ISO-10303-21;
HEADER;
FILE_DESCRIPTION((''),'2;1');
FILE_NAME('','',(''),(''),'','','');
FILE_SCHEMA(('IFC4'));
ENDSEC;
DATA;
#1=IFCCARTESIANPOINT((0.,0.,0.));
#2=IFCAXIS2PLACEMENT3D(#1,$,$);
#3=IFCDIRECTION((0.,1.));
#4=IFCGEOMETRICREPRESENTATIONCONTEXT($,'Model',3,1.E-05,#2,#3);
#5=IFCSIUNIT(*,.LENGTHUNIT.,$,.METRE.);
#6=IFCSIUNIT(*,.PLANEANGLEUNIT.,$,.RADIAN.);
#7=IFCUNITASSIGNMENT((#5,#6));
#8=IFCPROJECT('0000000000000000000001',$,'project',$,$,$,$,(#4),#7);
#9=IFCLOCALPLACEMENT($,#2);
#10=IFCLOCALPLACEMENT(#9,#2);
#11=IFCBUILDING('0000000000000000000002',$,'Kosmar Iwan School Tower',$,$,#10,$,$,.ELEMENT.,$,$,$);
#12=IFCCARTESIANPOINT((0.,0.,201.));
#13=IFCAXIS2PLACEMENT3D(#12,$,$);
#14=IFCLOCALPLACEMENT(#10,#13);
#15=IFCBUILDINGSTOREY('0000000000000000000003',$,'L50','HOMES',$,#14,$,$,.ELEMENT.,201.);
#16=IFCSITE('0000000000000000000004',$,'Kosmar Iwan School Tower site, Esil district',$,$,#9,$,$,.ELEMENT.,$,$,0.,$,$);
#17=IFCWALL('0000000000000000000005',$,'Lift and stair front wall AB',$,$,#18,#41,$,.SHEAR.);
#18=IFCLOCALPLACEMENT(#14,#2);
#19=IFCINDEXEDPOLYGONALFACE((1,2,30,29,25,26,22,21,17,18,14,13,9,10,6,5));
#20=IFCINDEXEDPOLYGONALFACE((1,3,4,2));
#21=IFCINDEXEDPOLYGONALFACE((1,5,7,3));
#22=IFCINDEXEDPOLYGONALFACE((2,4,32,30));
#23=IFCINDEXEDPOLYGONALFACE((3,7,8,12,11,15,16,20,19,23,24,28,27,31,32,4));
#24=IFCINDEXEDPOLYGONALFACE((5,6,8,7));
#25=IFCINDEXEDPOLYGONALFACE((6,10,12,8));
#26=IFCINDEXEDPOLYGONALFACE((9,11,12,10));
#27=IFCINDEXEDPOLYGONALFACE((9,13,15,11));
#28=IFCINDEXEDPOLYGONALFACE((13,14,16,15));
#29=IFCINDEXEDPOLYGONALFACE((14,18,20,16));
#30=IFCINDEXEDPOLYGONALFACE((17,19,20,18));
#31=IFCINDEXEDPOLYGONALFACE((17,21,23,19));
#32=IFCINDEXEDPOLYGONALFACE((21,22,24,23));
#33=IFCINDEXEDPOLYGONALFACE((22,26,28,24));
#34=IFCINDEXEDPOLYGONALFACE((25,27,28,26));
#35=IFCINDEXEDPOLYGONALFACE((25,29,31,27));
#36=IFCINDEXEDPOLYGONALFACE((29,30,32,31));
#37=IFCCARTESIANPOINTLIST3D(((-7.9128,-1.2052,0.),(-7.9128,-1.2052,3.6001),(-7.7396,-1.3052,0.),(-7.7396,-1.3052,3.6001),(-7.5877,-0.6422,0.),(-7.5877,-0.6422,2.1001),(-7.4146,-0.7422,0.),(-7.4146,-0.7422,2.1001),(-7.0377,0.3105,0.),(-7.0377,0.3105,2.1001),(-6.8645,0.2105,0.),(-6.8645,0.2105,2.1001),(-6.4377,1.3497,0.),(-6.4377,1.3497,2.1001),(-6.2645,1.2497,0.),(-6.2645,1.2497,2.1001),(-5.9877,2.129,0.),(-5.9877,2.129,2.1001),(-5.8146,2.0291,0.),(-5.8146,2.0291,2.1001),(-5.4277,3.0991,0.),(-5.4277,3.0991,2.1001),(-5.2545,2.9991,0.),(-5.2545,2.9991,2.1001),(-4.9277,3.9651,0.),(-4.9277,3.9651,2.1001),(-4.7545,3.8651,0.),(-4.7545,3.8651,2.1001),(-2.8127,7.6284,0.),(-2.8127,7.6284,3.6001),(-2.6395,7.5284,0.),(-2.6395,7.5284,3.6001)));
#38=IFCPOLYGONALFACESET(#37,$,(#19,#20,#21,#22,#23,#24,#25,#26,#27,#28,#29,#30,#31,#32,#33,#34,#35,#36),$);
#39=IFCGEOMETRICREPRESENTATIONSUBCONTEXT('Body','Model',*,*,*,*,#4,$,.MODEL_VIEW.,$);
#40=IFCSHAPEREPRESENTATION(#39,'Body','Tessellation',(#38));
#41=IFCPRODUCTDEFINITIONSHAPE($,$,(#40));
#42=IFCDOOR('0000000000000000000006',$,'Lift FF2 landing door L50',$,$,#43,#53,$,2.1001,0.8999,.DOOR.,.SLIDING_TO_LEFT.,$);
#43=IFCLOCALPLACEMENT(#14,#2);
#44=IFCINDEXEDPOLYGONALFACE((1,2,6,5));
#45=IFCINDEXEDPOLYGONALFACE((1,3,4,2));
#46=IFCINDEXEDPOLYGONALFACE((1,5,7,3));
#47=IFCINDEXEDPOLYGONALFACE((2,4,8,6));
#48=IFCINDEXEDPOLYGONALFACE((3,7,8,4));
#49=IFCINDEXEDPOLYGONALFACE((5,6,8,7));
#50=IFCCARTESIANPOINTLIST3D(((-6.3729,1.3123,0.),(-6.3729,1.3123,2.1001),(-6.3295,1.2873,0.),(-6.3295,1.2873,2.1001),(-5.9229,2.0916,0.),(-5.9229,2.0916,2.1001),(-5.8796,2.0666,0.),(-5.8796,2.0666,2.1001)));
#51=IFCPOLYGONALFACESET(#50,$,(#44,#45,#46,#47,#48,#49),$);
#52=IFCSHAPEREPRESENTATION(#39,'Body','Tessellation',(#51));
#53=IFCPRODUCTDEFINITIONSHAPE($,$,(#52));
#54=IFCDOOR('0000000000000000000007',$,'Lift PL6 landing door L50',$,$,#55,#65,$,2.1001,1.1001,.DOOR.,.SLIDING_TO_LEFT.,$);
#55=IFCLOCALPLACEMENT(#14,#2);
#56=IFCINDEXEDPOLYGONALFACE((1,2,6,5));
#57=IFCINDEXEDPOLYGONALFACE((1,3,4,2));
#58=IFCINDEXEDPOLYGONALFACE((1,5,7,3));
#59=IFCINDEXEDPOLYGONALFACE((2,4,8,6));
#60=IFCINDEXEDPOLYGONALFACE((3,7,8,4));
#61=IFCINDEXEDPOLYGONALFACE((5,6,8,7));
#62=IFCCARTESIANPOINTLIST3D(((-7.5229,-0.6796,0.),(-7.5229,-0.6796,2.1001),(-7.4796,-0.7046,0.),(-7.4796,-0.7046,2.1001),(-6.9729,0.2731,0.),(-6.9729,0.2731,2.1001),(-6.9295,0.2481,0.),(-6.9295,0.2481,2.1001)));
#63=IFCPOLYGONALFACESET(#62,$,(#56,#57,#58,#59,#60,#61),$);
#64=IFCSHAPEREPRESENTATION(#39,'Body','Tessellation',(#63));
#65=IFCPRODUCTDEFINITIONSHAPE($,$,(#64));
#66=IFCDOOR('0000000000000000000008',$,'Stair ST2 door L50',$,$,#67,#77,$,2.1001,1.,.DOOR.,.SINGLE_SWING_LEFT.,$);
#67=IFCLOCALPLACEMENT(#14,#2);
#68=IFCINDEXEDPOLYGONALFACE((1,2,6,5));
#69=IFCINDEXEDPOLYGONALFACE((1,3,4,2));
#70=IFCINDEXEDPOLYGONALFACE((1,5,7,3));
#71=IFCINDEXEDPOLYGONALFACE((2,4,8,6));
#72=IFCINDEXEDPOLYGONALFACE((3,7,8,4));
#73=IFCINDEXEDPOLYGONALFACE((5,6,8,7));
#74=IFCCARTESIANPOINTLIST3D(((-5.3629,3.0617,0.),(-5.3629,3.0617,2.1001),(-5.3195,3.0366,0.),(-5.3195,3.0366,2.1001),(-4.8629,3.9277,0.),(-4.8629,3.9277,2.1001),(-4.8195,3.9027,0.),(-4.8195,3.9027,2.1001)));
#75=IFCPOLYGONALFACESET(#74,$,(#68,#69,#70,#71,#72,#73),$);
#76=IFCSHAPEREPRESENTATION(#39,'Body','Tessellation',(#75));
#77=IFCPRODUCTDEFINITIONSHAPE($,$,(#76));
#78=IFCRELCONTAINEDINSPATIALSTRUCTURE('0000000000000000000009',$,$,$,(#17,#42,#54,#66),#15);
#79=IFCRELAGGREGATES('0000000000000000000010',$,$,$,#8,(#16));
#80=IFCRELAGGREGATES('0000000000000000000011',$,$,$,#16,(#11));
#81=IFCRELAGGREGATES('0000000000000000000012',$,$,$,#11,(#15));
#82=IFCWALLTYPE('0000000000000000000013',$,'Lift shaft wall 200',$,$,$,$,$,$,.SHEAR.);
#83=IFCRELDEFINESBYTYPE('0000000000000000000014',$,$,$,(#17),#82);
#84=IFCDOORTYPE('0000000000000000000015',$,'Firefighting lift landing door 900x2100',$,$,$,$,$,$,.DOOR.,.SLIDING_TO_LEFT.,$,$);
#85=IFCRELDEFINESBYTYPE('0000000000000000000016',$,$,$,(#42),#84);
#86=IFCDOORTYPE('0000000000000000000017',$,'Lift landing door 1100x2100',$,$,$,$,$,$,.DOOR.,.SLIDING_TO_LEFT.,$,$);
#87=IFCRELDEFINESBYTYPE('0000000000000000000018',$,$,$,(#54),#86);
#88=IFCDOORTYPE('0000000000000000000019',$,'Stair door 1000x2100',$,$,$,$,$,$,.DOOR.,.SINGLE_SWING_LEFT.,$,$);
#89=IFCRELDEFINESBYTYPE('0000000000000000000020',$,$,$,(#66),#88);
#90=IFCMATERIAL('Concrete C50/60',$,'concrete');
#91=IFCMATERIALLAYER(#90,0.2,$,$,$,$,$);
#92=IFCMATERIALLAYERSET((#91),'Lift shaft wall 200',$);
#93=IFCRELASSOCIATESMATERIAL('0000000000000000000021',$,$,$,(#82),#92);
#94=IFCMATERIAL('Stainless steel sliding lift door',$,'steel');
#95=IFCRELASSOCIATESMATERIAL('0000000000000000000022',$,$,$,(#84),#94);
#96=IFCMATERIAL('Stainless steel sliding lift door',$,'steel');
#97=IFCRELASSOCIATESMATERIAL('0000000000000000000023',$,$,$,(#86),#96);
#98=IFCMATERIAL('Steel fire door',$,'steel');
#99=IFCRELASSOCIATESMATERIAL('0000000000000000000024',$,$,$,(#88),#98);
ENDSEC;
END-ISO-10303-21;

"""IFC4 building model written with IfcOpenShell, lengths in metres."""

from ifc_helpers import new_model, si_unit, direction, frame, frame_2d, origin, place, context, subcontext, project, spatial, rectangle, extrude, material, layer, layer_set, type_object, element, fill, save


model = new_model("IFC4")

# Units and contexts
model_context = context("Model", 3, precision=1e-05, world=origin(), true_north=direction((0.0, 1.0)))
body_context = subcontext(model_context, "Body", "Model", "MODEL_VIEW")
ifc_project = project(units=[si_unit("LENGTHUNIT", "METRE"), si_unit("PLANEANGLEUNIT", "RADIAN")], contexts=[model_context])

# Site, building, storey
site_placement = place(None, origin())
site = spatial("IfcSite", under=ifc_project, at=site_placement, Name="Kosmar Iwan School Tower site, Esil district", CompositionType="ELEMENT", RefElevation=0.0)
building_placement = place(site_placement, origin())
building = spatial("IfcBuilding", under=site, at=building_placement, Name="Kosmar Iwan School Tower", CompositionType="ELEMENT")
storey_placement = place(building_placement, frame((0.0, 0.0, 201.0)))
storey = spatial("IfcBuildingStorey", under=building, at=storey_placement, Name="L50", Description="HOMES", CompositionType="ELEMENT", Elevation=201.0)

# Wall, openings, doors
ifc_material_1 = material(Name="Concrete C50/60", Category="concrete")
ifc_layer_1 = layer(ifc_material_1, 0.2)
ifc_layer_set_1 = layer_set([ifc_layer_1], Name="Lift shaft wall 200")
wall_type_1 = type_object("IfcWallType", Name="Lift shaft wall 200", PredefinedType="SHEAR", material=ifc_layer_set_1)
wall_1_placement = place(storey_placement, frame((-2.7261, 7.5784, 0.0), z_axis=(0.0, 0.0, 1.0), x_axis=(-0.500006, -0.866022, 0.0)))
wall_1 = element("IfcWall", 1, at=wall_1_placement, inside=storey, type_object=wall_type_1, Name="Lift and stair front wall AB", PredefinedType="SHEAR", context=body_context, shape_type="SweptSolid", body=[
    extrude(rectangle(XDim=10.2002, YDim=0.2, at=frame_2d((5.1001, 0.0))), origin(), (0.0, 0.0, 1.0), 3.6001),
])
opening_1_placement = place(wall_1_placement, frame((6.3501, 0.0, 0.0)))
opening_1 = element("IfcOpeningElement", 2, at=opening_1_placement, cuts=wall_1, PredefinedType="OPENING", context=body_context, shape_type="SweptSolid", body=[
    extrude(rectangle(XDim=0.8999, YDim=2.1001, at=frame_2d((0.45, 1.05))), frame((0.0, 0.1121, 0.0), z_axis=(0.0, -1.0, 0.0), x_axis=(1.0, 0.0, 0.0)), (0.0, 0.0, 1.0), 0.2239),
])
opening_2_placement = place(wall_1_placement, frame((8.45, 0.0, 0.0)))
opening_2 = element("IfcOpeningElement", 3, at=opening_2_placement, cuts=wall_1, PredefinedType="OPENING", context=body_context, shape_type="SweptSolid", body=[
    extrude(rectangle(XDim=1.1001, YDim=2.1001, at=frame_2d((0.55, 1.05))), frame((0.0, 0.1121, 0.0), z_axis=(0.0, -1.0, 0.0), x_axis=(1.0, 0.0, 0.0)), (0.0, 0.0, 1.0), 0.2239),
])
opening_3_placement = place(wall_1_placement, frame((4.23, 0.0, 0.0)))
opening_3 = element("IfcOpeningElement", 4, at=opening_3_placement, cuts=wall_1, PredefinedType="OPENING", context=body_context, shape_type="SweptSolid", body=[
    extrude(rectangle(XDim=1.0, YDim=2.1001, at=frame_2d((0.5, 1.05))), frame((0.0, 0.1121, 0.0), z_axis=(0.0, -1.0, 0.0), x_axis=(1.0, 0.0, 0.0)), (0.0, 0.0, 1.0), 0.2239),
])
ifc_material_2 = material(Name="Stainless steel sliding lift door", Category="steel")
door_type_1 = type_object("IfcDoorType", Name="Firefighting lift landing door 900x2100", OperationType="SLIDING_TO_LEFT", PredefinedType="DOOR", material=ifc_material_2)
door_1_placement = place(opening_1_placement, origin())
door_1 = element("IfcDoor", 5, at=door_1_placement, inside=storey, type_object=door_type_1, Name="Lift FF2 landing door L50", OperationType="SLIDING_TO_LEFT", OverallHeight=2.1001, OverallWidth=0.8999, PredefinedType="DOOR", context=body_context, shape_type="SweptSolid", body=[
    extrude(rectangle(XDim=0.8999, YDim=2.1001, at=frame_2d((0.45, 1.05))), frame((0.0, 0.0249, 0.0), z_axis=(0.0, -1.0, 0.0), x_axis=(1.0, 0.0, 0.0)), (0.0, 0.0, 1.0), 0.05),
])
fill(opening_1, door_1)
ifc_material_3 = material(Name="Stainless steel sliding lift door", Category="steel")
door_type_2 = type_object("IfcDoorType", Name="Lift landing door 1100x2100", OperationType="SLIDING_TO_LEFT", PredefinedType="DOOR", material=ifc_material_3)
door_2_placement = place(opening_2_placement, origin())
door_2 = element("IfcDoor", 6, at=door_2_placement, inside=storey, type_object=door_type_2, Name="Lift PL6 landing door L50", OperationType="SLIDING_TO_LEFT", OverallHeight=2.1001, OverallWidth=1.1001, PredefinedType="DOOR", context=body_context, shape_type="SweptSolid", body=[
    extrude(rectangle(XDim=1.1001, YDim=2.1001, at=frame_2d((0.55, 1.05))), frame((0.0, 0.0249, 0.0), z_axis=(0.0, -1.0, 0.0), x_axis=(1.0, 0.0, 0.0)), (0.0, 0.0, 1.0), 0.05),
])
fill(opening_2, door_2)
ifc_material_4 = material(Name="Steel fire door", Category="steel")
door_type_3 = type_object("IfcDoorType", Name="Stair door 1000x2100", OperationType="SINGLE_SWING_LEFT", PredefinedType="DOOR", material=ifc_material_4)
door_3_placement = place(opening_3_placement, origin())
door_3 = element("IfcDoor", 7, at=door_3_placement, inside=storey, type_object=door_type_3, Name="Stair ST2 door L50", OperationType="SINGLE_SWING_LEFT", OverallHeight=2.1001, OverallWidth=1.0, PredefinedType="DOOR", context=body_context, shape_type="SweptSolid", body=[
    extrude(rectangle(XDim=1.0, YDim=2.1001, at=frame_2d((0.5, 1.05))), frame((0.0, 0.0249, 0.0), z_axis=(0.0, -1.0, 0.0), x_axis=(1.0, 0.0, 0.0)), (0.0, 0.0, 1.0), 0.05),
])
fill(opening_3, door_3)

save(model, "model.ifc")
